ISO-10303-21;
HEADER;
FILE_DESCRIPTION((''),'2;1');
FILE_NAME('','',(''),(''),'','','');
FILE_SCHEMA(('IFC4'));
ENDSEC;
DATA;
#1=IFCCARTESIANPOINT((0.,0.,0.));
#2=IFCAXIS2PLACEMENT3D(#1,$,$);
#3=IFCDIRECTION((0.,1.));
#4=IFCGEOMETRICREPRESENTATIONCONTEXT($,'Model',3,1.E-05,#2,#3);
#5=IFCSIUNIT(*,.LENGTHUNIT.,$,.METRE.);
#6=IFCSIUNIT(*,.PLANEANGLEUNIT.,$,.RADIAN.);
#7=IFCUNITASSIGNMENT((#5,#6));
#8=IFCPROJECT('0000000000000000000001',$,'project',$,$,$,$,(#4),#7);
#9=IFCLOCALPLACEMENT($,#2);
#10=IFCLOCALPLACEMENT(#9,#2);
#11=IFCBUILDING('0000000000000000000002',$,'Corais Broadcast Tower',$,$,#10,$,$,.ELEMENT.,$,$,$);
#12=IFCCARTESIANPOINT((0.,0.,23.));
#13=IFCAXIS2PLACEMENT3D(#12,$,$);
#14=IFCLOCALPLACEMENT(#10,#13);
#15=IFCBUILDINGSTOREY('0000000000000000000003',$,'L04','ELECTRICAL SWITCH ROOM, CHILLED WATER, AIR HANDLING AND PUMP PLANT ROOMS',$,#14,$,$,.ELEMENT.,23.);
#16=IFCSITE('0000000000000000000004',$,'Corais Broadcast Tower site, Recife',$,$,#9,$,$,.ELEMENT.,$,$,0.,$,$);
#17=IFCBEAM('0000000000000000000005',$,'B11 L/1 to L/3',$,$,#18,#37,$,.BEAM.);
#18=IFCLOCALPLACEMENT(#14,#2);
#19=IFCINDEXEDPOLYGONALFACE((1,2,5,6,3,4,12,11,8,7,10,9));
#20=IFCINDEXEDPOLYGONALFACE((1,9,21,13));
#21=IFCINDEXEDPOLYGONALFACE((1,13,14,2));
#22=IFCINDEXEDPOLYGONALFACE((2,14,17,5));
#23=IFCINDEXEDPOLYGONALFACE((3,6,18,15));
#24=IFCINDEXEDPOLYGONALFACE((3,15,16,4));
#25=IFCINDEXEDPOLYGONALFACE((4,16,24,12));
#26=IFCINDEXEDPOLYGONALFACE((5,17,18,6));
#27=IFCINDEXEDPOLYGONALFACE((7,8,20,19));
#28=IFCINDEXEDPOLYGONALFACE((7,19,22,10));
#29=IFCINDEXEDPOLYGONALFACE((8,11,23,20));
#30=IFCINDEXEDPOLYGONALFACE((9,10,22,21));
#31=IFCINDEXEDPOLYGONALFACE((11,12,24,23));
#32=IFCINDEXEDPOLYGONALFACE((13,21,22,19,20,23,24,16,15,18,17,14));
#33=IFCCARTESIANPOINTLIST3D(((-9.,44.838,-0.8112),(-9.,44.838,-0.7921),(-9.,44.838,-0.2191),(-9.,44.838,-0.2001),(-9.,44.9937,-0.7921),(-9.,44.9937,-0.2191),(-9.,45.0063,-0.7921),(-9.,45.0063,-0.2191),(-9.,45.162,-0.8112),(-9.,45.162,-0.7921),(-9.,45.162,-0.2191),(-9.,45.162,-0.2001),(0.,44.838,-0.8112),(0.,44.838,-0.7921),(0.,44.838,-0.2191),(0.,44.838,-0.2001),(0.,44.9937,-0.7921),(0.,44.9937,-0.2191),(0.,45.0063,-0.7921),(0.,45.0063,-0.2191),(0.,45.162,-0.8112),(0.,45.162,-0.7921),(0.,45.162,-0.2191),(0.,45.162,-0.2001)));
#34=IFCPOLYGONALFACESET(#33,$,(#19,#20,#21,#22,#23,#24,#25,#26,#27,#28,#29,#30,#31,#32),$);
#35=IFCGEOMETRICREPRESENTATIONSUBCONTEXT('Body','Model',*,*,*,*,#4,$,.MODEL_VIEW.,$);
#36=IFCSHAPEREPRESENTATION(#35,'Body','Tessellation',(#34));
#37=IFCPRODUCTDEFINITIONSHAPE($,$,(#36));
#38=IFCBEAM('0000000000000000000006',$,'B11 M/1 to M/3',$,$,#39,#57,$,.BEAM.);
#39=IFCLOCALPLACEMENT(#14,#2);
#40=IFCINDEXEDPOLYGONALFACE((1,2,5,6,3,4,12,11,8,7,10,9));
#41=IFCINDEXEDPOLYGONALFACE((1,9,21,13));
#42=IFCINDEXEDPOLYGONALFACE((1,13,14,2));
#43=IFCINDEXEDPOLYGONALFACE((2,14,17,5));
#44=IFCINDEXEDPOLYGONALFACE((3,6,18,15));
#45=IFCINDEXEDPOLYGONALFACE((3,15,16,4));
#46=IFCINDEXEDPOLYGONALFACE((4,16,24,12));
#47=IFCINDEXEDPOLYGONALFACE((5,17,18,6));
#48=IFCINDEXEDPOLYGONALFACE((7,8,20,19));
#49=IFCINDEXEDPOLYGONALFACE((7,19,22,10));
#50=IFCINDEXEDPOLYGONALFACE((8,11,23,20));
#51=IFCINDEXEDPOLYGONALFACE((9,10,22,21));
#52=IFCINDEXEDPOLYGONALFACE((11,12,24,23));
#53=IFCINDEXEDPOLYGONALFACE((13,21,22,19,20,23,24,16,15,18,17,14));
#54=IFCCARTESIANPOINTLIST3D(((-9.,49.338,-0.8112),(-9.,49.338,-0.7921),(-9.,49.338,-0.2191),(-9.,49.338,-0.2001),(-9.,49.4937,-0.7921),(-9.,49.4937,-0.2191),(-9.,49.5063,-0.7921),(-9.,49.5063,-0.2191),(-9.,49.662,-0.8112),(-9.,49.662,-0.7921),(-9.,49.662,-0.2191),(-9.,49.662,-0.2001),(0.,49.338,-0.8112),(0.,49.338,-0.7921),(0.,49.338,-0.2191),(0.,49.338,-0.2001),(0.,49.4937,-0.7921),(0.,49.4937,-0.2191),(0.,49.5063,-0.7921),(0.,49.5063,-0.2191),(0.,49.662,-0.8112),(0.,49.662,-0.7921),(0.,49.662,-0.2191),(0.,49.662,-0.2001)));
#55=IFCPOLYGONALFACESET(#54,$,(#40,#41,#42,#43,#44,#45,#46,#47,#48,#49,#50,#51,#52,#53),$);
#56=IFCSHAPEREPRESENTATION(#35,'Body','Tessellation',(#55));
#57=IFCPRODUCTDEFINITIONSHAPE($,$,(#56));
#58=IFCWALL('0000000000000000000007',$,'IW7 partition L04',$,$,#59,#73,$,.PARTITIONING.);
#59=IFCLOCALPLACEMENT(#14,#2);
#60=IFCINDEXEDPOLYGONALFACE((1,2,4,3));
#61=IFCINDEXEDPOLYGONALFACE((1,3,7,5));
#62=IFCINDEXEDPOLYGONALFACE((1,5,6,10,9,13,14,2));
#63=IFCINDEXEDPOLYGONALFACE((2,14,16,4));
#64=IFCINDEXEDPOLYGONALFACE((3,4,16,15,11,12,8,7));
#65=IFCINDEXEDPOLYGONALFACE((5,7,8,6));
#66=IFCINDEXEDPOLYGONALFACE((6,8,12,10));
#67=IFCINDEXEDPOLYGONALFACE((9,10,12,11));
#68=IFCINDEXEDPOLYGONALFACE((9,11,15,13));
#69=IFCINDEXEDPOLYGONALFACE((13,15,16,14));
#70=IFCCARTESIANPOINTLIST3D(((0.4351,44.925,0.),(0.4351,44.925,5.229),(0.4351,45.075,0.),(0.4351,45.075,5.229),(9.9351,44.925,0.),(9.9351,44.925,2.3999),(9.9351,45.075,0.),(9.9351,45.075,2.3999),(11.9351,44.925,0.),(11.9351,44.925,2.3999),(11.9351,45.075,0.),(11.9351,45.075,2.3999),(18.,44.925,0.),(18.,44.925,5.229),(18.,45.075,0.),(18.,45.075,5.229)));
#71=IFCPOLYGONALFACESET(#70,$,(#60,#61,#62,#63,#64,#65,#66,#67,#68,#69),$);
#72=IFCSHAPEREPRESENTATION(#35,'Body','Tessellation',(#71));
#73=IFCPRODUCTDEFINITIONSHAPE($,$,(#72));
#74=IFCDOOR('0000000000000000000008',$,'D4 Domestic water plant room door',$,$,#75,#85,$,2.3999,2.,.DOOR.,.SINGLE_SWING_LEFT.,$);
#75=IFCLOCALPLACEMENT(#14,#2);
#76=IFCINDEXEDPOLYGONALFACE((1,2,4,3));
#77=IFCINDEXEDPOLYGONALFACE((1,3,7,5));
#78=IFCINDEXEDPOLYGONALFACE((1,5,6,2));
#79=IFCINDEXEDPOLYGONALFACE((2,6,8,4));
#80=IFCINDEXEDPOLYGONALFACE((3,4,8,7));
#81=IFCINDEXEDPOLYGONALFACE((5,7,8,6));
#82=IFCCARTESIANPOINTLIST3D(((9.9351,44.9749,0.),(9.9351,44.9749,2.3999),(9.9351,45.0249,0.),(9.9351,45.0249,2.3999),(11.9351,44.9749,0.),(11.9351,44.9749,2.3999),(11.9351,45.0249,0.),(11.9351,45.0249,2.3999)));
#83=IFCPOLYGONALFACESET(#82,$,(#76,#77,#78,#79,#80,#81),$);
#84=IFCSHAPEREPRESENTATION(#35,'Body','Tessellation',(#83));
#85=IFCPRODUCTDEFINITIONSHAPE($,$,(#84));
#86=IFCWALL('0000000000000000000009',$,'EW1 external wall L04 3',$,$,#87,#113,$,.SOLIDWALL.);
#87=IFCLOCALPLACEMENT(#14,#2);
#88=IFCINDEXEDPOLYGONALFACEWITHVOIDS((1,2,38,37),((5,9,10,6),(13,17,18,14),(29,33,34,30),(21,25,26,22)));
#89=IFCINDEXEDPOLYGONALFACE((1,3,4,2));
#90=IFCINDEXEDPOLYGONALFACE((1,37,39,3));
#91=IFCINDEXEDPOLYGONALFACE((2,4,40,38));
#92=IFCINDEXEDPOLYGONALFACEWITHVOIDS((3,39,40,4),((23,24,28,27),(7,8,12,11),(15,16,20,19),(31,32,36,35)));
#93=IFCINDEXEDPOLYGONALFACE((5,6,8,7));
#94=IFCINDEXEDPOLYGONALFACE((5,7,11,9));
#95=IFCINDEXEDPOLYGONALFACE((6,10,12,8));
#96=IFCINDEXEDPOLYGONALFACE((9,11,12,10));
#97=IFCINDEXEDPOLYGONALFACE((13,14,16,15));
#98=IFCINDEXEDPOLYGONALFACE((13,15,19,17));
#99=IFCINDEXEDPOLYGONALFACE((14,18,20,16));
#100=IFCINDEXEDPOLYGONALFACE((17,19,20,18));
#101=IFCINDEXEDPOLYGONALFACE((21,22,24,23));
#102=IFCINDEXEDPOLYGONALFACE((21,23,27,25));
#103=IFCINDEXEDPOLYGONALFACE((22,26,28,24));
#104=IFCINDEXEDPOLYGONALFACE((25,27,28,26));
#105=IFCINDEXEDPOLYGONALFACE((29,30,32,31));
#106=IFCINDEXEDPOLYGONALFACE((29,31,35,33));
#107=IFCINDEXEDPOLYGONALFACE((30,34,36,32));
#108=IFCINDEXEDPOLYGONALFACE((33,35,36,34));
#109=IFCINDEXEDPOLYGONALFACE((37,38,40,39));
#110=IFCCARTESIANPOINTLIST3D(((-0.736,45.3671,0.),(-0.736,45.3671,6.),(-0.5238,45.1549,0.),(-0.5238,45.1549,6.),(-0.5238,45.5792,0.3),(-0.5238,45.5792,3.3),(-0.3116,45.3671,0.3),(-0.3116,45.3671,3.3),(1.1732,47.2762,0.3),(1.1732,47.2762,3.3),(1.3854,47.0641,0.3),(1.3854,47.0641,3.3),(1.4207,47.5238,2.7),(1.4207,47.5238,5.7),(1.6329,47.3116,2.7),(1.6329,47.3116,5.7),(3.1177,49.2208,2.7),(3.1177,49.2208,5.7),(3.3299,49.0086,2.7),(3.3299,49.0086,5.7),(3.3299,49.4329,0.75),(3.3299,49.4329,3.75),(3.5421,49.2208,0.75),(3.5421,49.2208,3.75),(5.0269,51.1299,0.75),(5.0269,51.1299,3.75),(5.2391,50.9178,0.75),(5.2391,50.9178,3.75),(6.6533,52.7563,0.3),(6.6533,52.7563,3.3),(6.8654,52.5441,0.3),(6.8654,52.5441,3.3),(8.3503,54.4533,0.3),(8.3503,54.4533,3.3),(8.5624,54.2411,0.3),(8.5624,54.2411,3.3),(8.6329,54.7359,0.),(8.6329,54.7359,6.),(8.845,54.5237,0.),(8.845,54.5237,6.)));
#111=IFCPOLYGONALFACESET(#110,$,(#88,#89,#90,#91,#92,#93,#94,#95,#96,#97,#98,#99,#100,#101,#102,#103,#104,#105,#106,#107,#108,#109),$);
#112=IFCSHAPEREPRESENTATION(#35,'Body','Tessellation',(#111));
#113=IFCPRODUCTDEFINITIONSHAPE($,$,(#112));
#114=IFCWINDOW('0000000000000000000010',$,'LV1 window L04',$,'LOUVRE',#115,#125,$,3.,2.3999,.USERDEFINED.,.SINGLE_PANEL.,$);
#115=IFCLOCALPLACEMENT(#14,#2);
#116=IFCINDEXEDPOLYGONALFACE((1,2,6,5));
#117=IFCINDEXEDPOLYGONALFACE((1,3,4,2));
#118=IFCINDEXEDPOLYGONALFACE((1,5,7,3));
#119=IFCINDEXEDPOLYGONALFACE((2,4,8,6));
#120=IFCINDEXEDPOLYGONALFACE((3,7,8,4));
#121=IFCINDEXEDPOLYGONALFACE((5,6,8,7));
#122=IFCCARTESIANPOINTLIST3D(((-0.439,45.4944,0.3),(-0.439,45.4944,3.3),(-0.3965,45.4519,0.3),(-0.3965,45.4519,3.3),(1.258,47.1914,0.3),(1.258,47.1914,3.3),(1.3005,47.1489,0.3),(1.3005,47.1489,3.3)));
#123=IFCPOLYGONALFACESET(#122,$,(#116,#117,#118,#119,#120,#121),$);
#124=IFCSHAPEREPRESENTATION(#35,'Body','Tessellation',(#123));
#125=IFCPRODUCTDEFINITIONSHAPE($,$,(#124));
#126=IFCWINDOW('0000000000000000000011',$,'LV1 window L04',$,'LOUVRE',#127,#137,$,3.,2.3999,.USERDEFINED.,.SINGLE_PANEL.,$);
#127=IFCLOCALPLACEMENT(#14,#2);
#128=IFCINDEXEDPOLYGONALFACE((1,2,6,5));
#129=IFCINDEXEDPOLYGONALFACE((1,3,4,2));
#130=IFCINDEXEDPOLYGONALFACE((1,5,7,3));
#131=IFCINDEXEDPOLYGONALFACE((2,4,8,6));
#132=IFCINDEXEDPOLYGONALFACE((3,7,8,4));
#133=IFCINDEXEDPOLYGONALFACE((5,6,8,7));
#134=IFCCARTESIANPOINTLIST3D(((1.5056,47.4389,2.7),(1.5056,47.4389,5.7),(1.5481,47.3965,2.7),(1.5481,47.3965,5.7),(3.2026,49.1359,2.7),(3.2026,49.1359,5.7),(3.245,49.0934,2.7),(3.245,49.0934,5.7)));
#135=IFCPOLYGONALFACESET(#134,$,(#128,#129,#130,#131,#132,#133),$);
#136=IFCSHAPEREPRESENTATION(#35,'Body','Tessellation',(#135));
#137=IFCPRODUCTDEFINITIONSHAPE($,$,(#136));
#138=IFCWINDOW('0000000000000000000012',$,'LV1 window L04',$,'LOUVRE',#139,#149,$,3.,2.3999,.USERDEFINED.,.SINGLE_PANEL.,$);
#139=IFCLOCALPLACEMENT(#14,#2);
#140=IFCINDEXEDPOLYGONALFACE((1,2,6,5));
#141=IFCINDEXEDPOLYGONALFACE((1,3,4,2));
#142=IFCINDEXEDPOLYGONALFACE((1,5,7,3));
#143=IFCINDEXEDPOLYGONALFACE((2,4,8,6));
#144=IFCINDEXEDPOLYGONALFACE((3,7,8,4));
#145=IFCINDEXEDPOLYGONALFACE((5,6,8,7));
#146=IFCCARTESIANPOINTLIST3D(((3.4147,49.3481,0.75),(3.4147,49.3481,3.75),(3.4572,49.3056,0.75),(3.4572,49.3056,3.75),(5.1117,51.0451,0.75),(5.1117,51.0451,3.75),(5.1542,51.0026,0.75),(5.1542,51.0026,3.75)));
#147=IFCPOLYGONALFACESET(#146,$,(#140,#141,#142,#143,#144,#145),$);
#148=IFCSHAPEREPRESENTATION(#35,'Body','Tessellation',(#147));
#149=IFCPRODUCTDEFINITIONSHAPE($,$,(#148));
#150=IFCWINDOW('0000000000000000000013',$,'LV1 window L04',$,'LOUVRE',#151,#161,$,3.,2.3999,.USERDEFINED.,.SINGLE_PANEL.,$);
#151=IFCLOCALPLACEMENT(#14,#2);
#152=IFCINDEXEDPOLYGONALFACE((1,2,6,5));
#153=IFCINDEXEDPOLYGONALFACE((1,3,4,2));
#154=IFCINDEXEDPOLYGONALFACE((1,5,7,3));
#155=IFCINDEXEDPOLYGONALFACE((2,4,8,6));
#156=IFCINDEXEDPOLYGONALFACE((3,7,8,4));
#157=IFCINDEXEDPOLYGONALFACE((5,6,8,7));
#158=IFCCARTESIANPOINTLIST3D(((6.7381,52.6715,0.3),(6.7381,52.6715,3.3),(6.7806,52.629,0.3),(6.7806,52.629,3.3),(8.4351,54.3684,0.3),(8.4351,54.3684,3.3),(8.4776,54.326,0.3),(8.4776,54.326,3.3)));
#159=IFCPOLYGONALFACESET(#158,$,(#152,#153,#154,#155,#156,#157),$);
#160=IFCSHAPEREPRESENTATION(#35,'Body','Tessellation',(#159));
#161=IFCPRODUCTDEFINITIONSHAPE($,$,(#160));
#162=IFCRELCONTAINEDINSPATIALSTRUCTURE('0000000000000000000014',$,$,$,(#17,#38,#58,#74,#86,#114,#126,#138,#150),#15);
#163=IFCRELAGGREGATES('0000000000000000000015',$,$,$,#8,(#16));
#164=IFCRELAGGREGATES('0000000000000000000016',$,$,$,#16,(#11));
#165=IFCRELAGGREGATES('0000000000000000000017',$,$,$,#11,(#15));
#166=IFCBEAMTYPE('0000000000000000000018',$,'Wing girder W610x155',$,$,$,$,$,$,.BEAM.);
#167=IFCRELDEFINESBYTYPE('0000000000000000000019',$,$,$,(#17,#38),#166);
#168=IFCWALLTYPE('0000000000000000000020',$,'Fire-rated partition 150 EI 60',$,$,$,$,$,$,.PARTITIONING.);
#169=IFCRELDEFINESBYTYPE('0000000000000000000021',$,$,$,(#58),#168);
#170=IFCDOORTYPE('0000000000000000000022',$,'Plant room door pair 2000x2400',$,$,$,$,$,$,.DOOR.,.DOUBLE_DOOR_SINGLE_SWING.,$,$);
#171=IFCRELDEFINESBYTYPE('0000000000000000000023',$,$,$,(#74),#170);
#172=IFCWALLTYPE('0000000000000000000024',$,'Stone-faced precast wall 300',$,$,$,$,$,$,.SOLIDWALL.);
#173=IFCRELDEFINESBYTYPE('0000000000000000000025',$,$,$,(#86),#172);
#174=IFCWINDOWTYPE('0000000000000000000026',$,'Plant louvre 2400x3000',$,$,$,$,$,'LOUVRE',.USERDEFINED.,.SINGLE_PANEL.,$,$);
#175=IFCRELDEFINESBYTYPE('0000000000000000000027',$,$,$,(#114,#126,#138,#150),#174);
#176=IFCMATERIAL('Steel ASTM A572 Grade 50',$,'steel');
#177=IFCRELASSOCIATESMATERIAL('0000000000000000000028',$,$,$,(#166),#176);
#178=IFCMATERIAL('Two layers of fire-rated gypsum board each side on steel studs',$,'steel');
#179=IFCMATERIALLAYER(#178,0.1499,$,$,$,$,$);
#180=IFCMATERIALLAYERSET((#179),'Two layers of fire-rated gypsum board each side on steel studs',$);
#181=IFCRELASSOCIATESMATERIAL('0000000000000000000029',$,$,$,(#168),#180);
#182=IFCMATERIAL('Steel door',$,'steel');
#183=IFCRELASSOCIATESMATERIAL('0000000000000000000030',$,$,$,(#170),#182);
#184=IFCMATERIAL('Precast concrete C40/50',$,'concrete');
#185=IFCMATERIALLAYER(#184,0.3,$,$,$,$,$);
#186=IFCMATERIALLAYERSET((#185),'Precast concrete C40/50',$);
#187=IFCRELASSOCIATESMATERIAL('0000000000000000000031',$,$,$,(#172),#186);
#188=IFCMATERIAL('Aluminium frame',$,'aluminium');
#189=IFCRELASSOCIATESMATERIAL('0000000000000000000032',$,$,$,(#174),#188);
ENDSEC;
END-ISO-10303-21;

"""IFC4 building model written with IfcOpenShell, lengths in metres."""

from ifc_helpers import new_model, si_unit, direction, frame, frame_2d, origin, origin_2d, place, context, subcontext, project, spatial, rectangle, i_section, extrude, material, layer, layer_set, material_profile, profile_set, type_object, element, fill, save


model = new_model("IFC4")

# Units and contexts
model_context = context("Model", 3, precision=1e-05, world=origin(), true_north=direction((0.0, 1.0)))
body_context = subcontext(model_context, "Body", "Model", "MODEL_VIEW")
ifc_project = project(units=[si_unit("LENGTHUNIT", "METRE"), si_unit("PLANEANGLEUNIT", "RADIAN")], contexts=[model_context])

# Site, building, storey
site_placement = place(None, origin())
site = spatial("IfcSite", under=ifc_project, at=site_placement, Name="Corais Broadcast Tower site, Recife", CompositionType="ELEMENT", RefElevation=0.0)
building_placement = place(site_placement, origin())
building = spatial("IfcBuilding", under=site, at=building_placement, Name="Corais Broadcast Tower", CompositionType="ELEMENT")
storey_placement = place(building_placement, frame((0.0, 0.0, 23.0)))
storey = spatial("IfcBuildingStorey", under=building, at=storey_placement, Name="L04", Description="ELECTRICAL SWITCH ROOM, CHILLED WATER, AIR HANDLING AND PUMP PLANT ROOMS", CompositionType="ELEMENT", Elevation=23.0)

# Beams
ifc_material_1 = material(Name="Steel ASTM A572 Grade 50", Category="steel")
ifc_material_profile_1 = material_profile(ifc_material_1, i_section(OverallWidth=0.324, OverallDepth=0.6111, WebThickness=0.0127, FlangeThickness=0.019, at=origin_2d()), Name="W610x155")
ifc_profile_set_1 = profile_set([ifc_material_profile_1], Name="Steel ASTM A572 Grade 50")
beam_type_1 = type_object("IfcBeamType", Name="Wing girder W610x155", PredefinedType="BEAM", material=ifc_profile_set_1)
for number, where, z_axis, x_axis, name in (
    (1, (-9.0, 45.0, -0.5056), (1.0, 0.0, 0.0), (0.0, 1.0, 0.0), "B11 L/1 to L/3"),
    (2, (-9.0, 49.5, -0.5056), (1.0, 0.0, 0.0), (0.0, 1.0, 0.0), "B11 M/1 to M/3"),
):
    element("IfcBeam", number, at=place(storey_placement, frame(where, z_axis=z_axis, x_axis=x_axis)), inside=storey, type_object=beam_type_1, Name=name, PredefinedType="BEAM", context=body_context, shape_type="SweptSolid", body=[
        extrude(i_section(OverallWidth=0.324, OverallDepth=0.6111, WebThickness=0.0127, FlangeThickness=0.019, at=origin_2d()), origin(), (0.0, 0.0, 1.0), 9.0),
    ])

# Wall, opening, door
ifc_material_2 = material(Name="Two layers of fire-rated gypsum board each side on steel studs", Category="steel")
ifc_layer_1 = layer(ifc_material_2, 0.1499)
ifc_layer_set_1 = layer_set([ifc_layer_1], Name="Two layers of fire-rated gypsum board each side on steel studs")
wall_type_1 = type_object("IfcWallType", Name="Fire-rated partition 150 EI 60", PredefinedType="PARTITIONING", material=ifc_layer_set_1)
wall_1_placement = place(storey_placement, frame((0.4351, 45.0, 0.0), z_axis=(0.0, 0.0, 1.0), x_axis=(1.0, 0.0, 0.0)))
wall_1 = element("IfcWall", 3, at=wall_1_placement, inside=storey, type_object=wall_type_1, Name="IW7 partition L04", PredefinedType="PARTITIONING", context=body_context, shape_type="SweptSolid", body=[
    extrude(rectangle(XDim=17.5649, YDim=0.1499, at=frame_2d((8.7825, 0.0))), origin(), (0.0, 0.0, 1.0), 5.229),
])
opening_1_placement = place(wall_1_placement, frame((9.5, 0.0, 0.0)))
opening_1 = element("IfcOpeningElement", 4, at=opening_1_placement, cuts=wall_1, PredefinedType="OPENING", context=body_context, shape_type="SweptSolid", body=[
    extrude(rectangle(XDim=2.0, YDim=2.3999, at=frame_2d((1.0, 1.2))), frame((0.0, 0.085, 0.0), z_axis=(0.0, -1.0, 0.0), x_axis=(1.0, 0.0, 0.0)), (0.0, 0.0, 1.0), 0.1699),
])
ifc_material_3 = material(Name="Steel door", Category="steel")
door_type = type_object("IfcDoorType", Name="Plant room door pair 2000x2400", OperationType="DOUBLE_DOOR_SINGLE_SWING", PredefinedType="DOOR", material=ifc_material_3)
door_placement = place(opening_1_placement, origin())
door = element("IfcDoor", 5, at=door_placement, inside=storey, type_object=door_type, Name="D4 Domestic water plant room door", OperationType="SINGLE_SWING_LEFT", OverallHeight=2.3999, OverallWidth=2.0, PredefinedType="DOOR", context=body_context, shape_type="SweptSolid", body=[
    extrude(rectangle(XDim=2.0, YDim=2.3999, at=frame_2d((1.0, 1.2))), frame((0.0, 0.0249, 0.0), z_axis=(0.0, -1.0, 0.0), x_axis=(1.0, 0.0, 0.0)), (0.0, 0.0, 1.0), 0.05),
])
fill(opening_1, door)

# Wall, openings, windows
ifc_material_4 = material(Name="Precast concrete C40/50", Category="concrete")
ifc_layer_2 = layer(ifc_material_4, 0.3)
ifc_layer_set_2 = layer_set([ifc_layer_2], Name="Precast concrete C40/50")
wall_type_2 = type_object("IfcWallType", Name="Stone-faced precast wall 300", PredefinedType="SOLIDWALL", material=ifc_layer_set_2)
wall_2_placement = place(storey_placement, frame((-0.6299, 45.261, 0.0), z_axis=(0.0, 0.0, 1.0), x_axis=(0.707107, 0.707107, 0.0)))
wall_2 = element("IfcWall", 6, at=wall_2_placement, inside=storey, type_object=wall_type_2, Name="EW1 external wall L04 3", PredefinedType="SOLIDWALL", context=body_context, shape_type="SweptSolid", body=[
    extrude(rectangle(XDim=13.2495, YDim=0.3, at=frame_2d((6.6248, 0.0))), origin(), (0.0, 0.0, 1.0), 6.0),
])
opening_2_placement = place(wall_2_placement, frame((0.3, 0.0, 0.3)))
opening_2 = element("IfcOpeningElement", 7, at=opening_2_placement, cuts=wall_2, PredefinedType="OPENING", context=body_context, shape_type="SweptSolid", body=[
    extrude(rectangle(XDim=2.3999, YDim=3.0, at=frame_2d((1.2, 1.5))), frame((0.0, 0.1599, 0.0), z_axis=(0.0, -1.0, 0.0), x_axis=(1.0, 0.0, 0.0)), (0.0, 0.0, 1.0), 0.3201),
])
opening_3_placement = place(wall_2_placement, frame((3.05, 0.0, 2.7)))
opening_3 = element("IfcOpeningElement", 8, at=opening_3_placement, cuts=wall_2, PredefinedType="OPENING", context=body_context, shape_type="SweptSolid", body=[
    extrude(rectangle(XDim=2.3999, YDim=3.0, at=frame_2d((1.2, 1.5))), frame((0.0, 0.1599, 0.0), z_axis=(0.0, -1.0, 0.0), x_axis=(1.0, 0.0, 0.0)), (0.0, 0.0, 1.0), 0.3201),
])
opening_4_placement = place(wall_2_placement, frame((5.75, 0.0, 0.75)))
opening_4 = element("IfcOpeningElement", 9, at=opening_4_placement, cuts=wall_2, PredefinedType="OPENING", context=body_context, shape_type="SweptSolid", body=[
    extrude(rectangle(XDim=2.3999, YDim=3.0, at=frame_2d((1.2, 1.5))), frame((0.0, 0.1599, 0.0), z_axis=(0.0, -1.0, 0.0), x_axis=(1.0, 0.0, 0.0)), (0.0, 0.0, 1.0), 0.3201),
])
opening_5_placement = place(wall_2_placement, frame((10.45, 0.0, 0.3)))
opening_5 = element("IfcOpeningElement", 10, at=opening_5_placement, cuts=wall_2, PredefinedType="OPENING", context=body_context, shape_type="SweptSolid", body=[
    extrude(rectangle(XDim=2.3999, YDim=3.0, at=frame_2d((1.2, 1.5))), frame((0.0, 0.1599, 0.0), z_axis=(0.0, -1.0, 0.0), x_axis=(1.0, 0.0, 0.0)), (0.0, 0.0, 1.0), 0.3201),
])
ifc_material_5 = material(Name="Aluminium frame", Category="aluminium")
window_type = type_object("IfcWindowType", Name="Plant louvre 2400x3000", ElementType="LOUVRE", PartitioningType="SINGLE_PANEL", PredefinedType="USERDEFINED", material=ifc_material_5)
window_1_placement = place(opening_2_placement, origin())
window_1 = element("IfcWindow", 11, at=window_1_placement, inside=storey, type_object=window_type, Name="LV1 window L04", ObjectType="LOUVRE", OverallHeight=3.0, OverallWidth=2.3999, PartitioningType="SINGLE_PANEL", PredefinedType="USERDEFINED", context=body_context, shape_type="SweptSolid", body=[
    extrude(rectangle(XDim=2.3999, YDim=3.0, at=frame_2d((1.2, 1.5))), frame((0.0, 0.03, 0.0), z_axis=(0.0, -1.0, 0.0), x_axis=(1.0, 0.0, 0.0)), (0.0, 0.0, 1.0), 0.0601),
])
fill(opening_2, window_1)
window_2_placement = place(opening_3_placement, origin())
window_2 = element("IfcWindow", 12, at=window_2_placement, inside=storey, type_object=window_type, Name="LV1 window L04", ObjectType="LOUVRE", OverallHeight=3.0, OverallWidth=2.3999, PartitioningType="SINGLE_PANEL", PredefinedType="USERDEFINED", context=body_context, shape_type="SweptSolid", body=[
    extrude(rectangle(XDim=2.3999, YDim=3.0, at=frame_2d((1.2, 1.5))), frame((0.0, 0.03, 0.0), z_axis=(0.0, -1.0, 0.0), x_axis=(1.0, 0.0, 0.0)), (0.0, 0.0, 1.0), 0.0601),
])
fill(opening_3, window_2)
window_3_placement = place(opening_4_placement, origin())
window_3 = element("IfcWindow", 13, at=window_3_placement, inside=storey, type_object=window_type, Name="LV1 window L04", ObjectType="LOUVRE", OverallHeight=3.0, OverallWidth=2.3999, PartitioningType="SINGLE_PANEL", PredefinedType="USERDEFINED", context=body_context, shape_type="SweptSolid", body=[
    extrude(rectangle(XDim=2.3999, YDim=3.0, at=frame_2d((1.2, 1.5))), frame((0.0, 0.03, 0.0), z_axis=(0.0, -1.0, 0.0), x_axis=(1.0, 0.0, 0.0)), (0.0, 0.0, 1.0), 0.0601),
])
fill(opening_4, window_3)
window_4_placement = place(opening_5_placement, origin())
window_4 = element("IfcWindow", 14, at=window_4_placement, inside=storey, type_object=window_type, Name="LV1 window L04", ObjectType="LOUVRE", OverallHeight=3.0, OverallWidth=2.3999, PartitioningType="SINGLE_PANEL", PredefinedType="USERDEFINED", context=body_context, shape_type="SweptSolid", body=[
    extrude(rectangle(XDim=2.3999, YDim=3.0, at=frame_2d((1.2, 1.5))), frame((0.0, 0.03, 0.0), z_axis=(0.0, -1.0, 0.0), x_axis=(1.0, 0.0, 0.0)), (0.0, 0.0, 1.0), 0.0601),
])
fill(opening_5, window_4)

save(model, "model.ifc")
